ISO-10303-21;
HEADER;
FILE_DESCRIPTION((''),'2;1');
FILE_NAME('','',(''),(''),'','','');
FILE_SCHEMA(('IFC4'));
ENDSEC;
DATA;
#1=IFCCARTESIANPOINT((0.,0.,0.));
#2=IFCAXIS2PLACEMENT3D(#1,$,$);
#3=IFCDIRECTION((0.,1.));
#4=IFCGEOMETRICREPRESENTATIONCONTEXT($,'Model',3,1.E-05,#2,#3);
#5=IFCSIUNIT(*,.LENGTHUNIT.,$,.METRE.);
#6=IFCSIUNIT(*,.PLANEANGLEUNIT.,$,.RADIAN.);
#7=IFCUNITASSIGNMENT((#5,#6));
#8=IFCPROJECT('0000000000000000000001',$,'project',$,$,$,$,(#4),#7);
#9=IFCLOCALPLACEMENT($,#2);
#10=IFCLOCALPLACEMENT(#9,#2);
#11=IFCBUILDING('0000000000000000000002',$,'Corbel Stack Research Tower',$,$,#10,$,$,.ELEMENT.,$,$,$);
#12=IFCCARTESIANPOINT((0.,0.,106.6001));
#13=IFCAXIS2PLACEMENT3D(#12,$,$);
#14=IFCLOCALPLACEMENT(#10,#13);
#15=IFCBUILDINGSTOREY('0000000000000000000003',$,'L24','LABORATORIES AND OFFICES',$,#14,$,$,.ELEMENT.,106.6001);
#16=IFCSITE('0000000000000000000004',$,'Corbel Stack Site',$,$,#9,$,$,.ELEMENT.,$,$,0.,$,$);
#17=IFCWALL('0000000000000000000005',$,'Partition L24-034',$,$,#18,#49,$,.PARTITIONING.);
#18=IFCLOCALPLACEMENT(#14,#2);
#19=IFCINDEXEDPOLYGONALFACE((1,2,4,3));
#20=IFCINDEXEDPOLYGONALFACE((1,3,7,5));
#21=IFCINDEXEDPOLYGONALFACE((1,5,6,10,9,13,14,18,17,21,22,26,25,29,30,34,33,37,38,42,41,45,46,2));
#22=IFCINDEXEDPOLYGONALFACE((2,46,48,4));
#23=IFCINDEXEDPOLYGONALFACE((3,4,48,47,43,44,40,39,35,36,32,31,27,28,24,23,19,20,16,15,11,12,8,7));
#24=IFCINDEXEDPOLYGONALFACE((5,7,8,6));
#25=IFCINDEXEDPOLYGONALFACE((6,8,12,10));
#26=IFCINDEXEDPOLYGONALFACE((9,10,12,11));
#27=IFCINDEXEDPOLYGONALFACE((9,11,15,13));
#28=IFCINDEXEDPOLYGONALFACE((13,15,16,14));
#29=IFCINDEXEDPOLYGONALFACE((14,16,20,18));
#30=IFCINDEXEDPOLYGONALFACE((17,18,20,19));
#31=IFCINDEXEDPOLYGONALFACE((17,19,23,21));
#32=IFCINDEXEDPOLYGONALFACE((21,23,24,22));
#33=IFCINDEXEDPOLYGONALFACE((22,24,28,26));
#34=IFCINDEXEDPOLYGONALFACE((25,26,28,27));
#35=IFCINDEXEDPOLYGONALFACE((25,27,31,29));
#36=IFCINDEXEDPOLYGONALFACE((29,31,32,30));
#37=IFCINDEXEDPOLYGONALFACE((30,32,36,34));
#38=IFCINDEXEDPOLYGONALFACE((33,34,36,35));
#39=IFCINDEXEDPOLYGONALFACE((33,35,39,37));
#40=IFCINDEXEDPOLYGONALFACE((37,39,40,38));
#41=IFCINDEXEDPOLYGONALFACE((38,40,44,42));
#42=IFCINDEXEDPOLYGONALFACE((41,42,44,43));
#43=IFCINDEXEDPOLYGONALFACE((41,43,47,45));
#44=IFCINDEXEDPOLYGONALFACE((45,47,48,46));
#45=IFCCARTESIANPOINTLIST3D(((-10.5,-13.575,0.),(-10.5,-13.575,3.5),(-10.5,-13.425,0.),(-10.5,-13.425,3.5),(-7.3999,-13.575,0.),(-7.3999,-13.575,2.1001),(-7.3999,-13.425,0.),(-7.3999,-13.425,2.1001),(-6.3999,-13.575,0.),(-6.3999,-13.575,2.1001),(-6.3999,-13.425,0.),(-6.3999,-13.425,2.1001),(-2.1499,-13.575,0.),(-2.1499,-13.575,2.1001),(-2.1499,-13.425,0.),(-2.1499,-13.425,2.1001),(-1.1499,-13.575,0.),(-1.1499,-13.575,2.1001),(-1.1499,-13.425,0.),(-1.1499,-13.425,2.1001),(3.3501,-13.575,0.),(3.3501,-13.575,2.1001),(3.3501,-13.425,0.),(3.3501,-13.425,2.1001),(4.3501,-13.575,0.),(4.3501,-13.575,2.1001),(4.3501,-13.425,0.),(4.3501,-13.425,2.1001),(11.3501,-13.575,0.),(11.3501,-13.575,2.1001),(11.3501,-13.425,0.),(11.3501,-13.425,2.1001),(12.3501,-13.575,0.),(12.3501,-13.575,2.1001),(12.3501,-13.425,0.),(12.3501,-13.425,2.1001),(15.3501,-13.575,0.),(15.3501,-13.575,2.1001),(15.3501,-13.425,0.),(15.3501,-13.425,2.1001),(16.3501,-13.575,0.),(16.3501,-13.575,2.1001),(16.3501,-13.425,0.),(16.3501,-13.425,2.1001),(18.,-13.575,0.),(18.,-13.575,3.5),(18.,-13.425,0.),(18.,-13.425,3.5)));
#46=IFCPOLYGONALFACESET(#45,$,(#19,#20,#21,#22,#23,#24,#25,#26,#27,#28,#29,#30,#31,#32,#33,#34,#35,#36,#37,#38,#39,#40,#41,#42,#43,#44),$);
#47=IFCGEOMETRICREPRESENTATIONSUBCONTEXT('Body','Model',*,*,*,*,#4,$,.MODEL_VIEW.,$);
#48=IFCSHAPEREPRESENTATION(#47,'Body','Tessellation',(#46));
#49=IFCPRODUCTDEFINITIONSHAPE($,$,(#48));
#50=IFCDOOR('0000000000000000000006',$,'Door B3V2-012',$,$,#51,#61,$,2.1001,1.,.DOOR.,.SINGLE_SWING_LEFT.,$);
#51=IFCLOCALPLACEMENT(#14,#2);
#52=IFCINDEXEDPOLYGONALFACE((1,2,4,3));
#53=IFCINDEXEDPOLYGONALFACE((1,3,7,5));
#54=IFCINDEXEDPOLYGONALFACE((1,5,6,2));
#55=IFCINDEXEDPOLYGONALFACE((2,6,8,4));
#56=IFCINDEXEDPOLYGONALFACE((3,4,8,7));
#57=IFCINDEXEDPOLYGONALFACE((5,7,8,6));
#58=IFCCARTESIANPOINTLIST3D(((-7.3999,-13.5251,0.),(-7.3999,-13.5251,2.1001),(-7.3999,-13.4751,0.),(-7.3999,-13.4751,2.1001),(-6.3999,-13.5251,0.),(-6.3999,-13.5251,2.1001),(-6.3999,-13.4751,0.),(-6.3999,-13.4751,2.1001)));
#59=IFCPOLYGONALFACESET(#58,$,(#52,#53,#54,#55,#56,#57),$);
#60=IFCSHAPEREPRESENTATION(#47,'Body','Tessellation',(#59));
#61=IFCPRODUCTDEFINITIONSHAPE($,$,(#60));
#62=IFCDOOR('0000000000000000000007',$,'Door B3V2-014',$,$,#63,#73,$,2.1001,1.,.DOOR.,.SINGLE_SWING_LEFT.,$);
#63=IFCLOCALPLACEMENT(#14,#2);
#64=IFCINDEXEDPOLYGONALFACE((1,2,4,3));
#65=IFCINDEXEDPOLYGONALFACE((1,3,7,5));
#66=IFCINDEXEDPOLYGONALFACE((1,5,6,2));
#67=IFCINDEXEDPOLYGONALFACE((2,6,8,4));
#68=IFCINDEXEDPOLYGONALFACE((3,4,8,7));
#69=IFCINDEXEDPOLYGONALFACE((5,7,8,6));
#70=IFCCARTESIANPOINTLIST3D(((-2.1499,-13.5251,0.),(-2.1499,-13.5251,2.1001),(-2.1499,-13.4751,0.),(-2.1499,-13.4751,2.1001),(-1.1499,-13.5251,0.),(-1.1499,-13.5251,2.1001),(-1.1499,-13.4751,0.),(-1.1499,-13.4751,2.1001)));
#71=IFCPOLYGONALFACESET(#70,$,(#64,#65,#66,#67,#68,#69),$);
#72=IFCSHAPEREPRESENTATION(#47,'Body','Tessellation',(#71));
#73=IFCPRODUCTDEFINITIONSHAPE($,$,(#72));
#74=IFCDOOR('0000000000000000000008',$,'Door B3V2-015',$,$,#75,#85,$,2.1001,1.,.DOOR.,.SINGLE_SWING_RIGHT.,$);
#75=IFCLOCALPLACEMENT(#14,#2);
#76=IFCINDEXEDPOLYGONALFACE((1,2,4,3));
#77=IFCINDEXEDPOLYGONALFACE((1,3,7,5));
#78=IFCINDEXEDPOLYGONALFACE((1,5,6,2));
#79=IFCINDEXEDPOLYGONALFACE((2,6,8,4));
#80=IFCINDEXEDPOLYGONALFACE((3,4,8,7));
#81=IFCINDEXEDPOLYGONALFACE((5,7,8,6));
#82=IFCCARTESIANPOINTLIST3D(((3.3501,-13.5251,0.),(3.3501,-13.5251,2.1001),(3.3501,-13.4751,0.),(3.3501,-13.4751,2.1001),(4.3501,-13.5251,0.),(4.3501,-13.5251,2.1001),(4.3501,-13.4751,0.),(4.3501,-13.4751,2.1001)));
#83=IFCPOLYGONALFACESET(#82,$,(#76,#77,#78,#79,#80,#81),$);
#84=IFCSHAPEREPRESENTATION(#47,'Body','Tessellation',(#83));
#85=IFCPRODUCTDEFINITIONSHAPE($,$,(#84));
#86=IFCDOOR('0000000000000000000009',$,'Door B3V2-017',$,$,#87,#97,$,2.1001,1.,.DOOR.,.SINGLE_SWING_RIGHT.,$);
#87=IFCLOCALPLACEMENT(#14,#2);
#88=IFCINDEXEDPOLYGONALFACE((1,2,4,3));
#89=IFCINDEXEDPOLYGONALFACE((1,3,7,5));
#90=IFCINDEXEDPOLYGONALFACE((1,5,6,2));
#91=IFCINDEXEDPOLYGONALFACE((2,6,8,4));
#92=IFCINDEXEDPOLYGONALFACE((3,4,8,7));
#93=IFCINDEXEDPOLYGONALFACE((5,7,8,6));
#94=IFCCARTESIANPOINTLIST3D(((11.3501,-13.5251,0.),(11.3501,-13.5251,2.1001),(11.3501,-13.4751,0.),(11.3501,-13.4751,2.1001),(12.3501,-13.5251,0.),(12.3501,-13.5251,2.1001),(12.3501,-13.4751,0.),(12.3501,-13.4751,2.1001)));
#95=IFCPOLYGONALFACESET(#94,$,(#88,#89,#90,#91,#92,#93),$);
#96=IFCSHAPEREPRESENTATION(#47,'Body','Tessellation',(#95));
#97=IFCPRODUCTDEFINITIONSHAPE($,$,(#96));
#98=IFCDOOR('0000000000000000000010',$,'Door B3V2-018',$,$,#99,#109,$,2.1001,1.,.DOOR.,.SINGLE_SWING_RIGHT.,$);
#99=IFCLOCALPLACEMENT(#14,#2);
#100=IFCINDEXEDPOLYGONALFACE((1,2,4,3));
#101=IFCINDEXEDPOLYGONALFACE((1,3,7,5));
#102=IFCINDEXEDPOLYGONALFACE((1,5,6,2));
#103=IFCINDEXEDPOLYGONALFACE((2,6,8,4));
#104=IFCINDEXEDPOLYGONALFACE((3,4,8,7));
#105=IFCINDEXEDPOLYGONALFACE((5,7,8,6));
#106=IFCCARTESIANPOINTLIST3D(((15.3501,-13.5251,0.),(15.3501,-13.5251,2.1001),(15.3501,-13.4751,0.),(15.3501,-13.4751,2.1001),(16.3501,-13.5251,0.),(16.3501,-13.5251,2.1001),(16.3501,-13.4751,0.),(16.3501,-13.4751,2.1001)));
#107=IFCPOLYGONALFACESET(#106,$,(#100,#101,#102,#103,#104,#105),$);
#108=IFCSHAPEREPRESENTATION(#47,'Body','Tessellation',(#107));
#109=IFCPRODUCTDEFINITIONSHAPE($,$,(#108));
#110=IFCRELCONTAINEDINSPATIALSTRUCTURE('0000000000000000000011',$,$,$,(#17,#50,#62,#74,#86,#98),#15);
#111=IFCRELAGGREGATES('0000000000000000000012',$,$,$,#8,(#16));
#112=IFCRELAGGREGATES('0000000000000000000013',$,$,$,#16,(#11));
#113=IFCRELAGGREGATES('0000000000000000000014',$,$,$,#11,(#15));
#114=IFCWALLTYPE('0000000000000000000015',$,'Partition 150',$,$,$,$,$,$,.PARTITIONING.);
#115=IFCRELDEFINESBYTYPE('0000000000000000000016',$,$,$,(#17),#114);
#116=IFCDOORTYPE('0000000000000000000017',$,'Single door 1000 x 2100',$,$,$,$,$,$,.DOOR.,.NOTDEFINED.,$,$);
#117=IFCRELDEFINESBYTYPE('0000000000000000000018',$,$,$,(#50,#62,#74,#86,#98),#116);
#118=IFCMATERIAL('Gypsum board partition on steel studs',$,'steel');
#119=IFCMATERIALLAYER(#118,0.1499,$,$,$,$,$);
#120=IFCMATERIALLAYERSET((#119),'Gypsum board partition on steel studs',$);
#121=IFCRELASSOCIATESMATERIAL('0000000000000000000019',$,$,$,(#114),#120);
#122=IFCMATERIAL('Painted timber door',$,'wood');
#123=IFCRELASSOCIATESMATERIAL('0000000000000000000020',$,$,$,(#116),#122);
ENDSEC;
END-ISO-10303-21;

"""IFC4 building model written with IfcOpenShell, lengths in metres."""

from ifc_helpers import new_model, si_unit, direction, frame, frame_2d, origin, place, context, subcontext, project, spatial, rectangle, extrude, material, layer, layer_set, type_object, element, fill, save


model = new_model("IFC4")

# Units and contexts
model_context = context("Model", 3, precision=1e-05, world=origin(), true_north=direction((0.0, 1.0)))
body_context = subcontext(model_context, "Body", "Model", "MODEL_VIEW")
ifc_project = project(units=[si_unit("LENGTHUNIT", "METRE"), si_unit("PLANEANGLEUNIT", "RADIAN")], contexts=[model_context])

# Site, building, storey
site_placement = place(None, origin())
site = spatial("IfcSite", under=ifc_project, at=site_placement, Name="Corbel Stack Site", CompositionType="ELEMENT", RefElevation=0.0)
building_placement = place(site_placement, origin())
building = spatial("IfcBuilding", under=site, at=building_placement, Name="Corbel Stack Research Tower", CompositionType="ELEMENT")
storey_placement = place(building_placement, frame((0.0, 0.0, 106.6001)))
storey = spatial("IfcBuildingStorey", under=building, at=storey_placement, Name="L24", Description="LABORATORIES AND OFFICES", CompositionType="ELEMENT", Elevation=106.6001)

# Wall, openings, doors
ifc_material_1 = material(Name="Gypsum board partition on steel studs", Category="steel")
ifc_layer_1 = layer(ifc_material_1, 0.1499)
ifc_layer_set_1 = layer_set([ifc_layer_1], Name="Gypsum board partition on steel studs")
wall_type_1 = type_object("IfcWallType", Name="Partition 150", PredefinedType="PARTITIONING", material=ifc_layer_set_1)
ifc_material_2 = material(Name="Painted timber door", Category="wood")
door_type_1 = type_object("IfcDoorType", Name="Single door 1000 x 2100", OperationType="NOTDEFINED", PredefinedType="DOOR", material=ifc_material_2)
wall_1_placement = place(storey_placement, frame((-10.5, -13.5, 0.0), z_axis=(0.0, 0.0, 1.0), x_axis=(1.0, 0.0, 0.0)))
wall_1 = element("IfcWall", 1, at=wall_1_placement, inside=storey, type_object=wall_type_1, Name="Partition L24-034", PredefinedType="PARTITIONING", context=body_context, shape_type="SweptSolid", body=[
    extrude(rectangle(XDim=28.5, YDim=0.1499, at=frame_2d((14.25, 0.0))), origin(), (0.0, 0.0, 1.0), 3.5),
])
opening_1_placement = place(wall_1_placement, frame((3.1001, 0.0, 0.0)))
opening_1 = element("IfcOpeningElement", 2, at=opening_1_placement, cuts=wall_1, PredefinedType="OPENING", context=body_context, shape_type="SweptSolid", body=[
    extrude(rectangle(XDim=1.0, YDim=2.1001, at=frame_2d((0.5, 1.05))), frame((0.0, 0.085, 0.0), z_axis=(0.0, -1.0, 0.0), x_axis=(1.0, 0.0, 0.0)), (0.0, 0.0, 1.0), 0.1699),
])
opening_2_placement = place(wall_1_placement, frame((8.3501, 0.0, 0.0)))
opening_2 = element("IfcOpeningElement", 3, at=opening_2_placement, cuts=wall_1, PredefinedType="OPENING", context=body_context, shape_type="SweptSolid", body=[
    extrude(rectangle(XDim=1.0, YDim=2.1001, at=frame_2d((0.5, 1.05))), frame((0.0, 0.085, 0.0), z_axis=(0.0, -1.0, 0.0), x_axis=(1.0, 0.0, 0.0)), (0.0, 0.0, 1.0), 0.1699),
])
opening_3_placement = place(wall_1_placement, frame((13.8501, 0.0, 0.0)))
opening_3 = element("IfcOpeningElement", 4, at=opening_3_placement, cuts=wall_1, PredefinedType="OPENING", context=body_context, shape_type="SweptSolid", body=[
    extrude(rectangle(XDim=1.0, YDim=2.1001, at=frame_2d((0.5, 1.05))), frame((0.0, 0.085, 0.0), z_axis=(0.0, -1.0, 0.0), x_axis=(1.0, 0.0, 0.0)), (0.0, 0.0, 1.0), 0.1699),
])
opening_4_placement = place(wall_1_placement, frame((21.8501, 0.0, 0.0)))
opening_4 = element("IfcOpeningElement", 5, at=opening_4_placement, cuts=wall_1, PredefinedType="OPENING", context=body_context, shape_type="SweptSolid", body=[
    extrude(rectangle(XDim=1.0, YDim=2.1001, at=frame_2d((0.5, 1.05))), frame((0.0, 0.085, 0.0), z_axis=(0.0, -1.0, 0.0), x_axis=(1.0, 0.0, 0.0)), (0.0, 0.0, 1.0), 0.1699),
])
opening_5_placement = place(wall_1_placement, frame((25.8501, 0.0, 0.0)))
opening_5 = element("IfcOpeningElement", 6, at=opening_5_placement, cuts=wall_1, PredefinedType="OPENING", context=body_context, shape_type="SweptSolid", body=[
    extrude(rectangle(XDim=1.0, YDim=2.1001, at=frame_2d((0.5, 1.05))), frame((0.0, 0.085, 0.0), z_axis=(0.0, -1.0, 0.0), x_axis=(1.0, 0.0, 0.0)), (0.0, 0.0, 1.0), 0.1699),
])
door_1_placement = place(opening_1_placement, origin())
door_1 = element("IfcDoor", 7, at=door_1_placement, inside=storey, type_object=door_type_1, Name="Door B3V2-012", OperationType="SINGLE_SWING_LEFT", OverallHeight=2.1001, OverallWidth=1.0, PredefinedType="DOOR", context=body_context, shape_type="SweptSolid", body=[
    extrude(rectangle(XDim=1.0, YDim=2.1001, at=frame_2d((0.5, 1.05))), frame((0.0, 0.0249, 0.0), z_axis=(0.0, -1.0, 0.0), x_axis=(1.0, 0.0, 0.0)), (0.0, 0.0, 1.0), 0.05),
])
fill(opening_1, door_1)
door_2_placement = place(opening_2_placement, origin())
door_2 = element("IfcDoor", 8, at=door_2_placement, inside=storey, type_object=door_type_1, Name="Door B3V2-014", OperationType="SINGLE_SWING_LEFT", OverallHeight=2.1001, OverallWidth=1.0, PredefinedType="DOOR", context=body_context, shape_type="SweptSolid", body=[
    extrude(rectangle(XDim=1.0, YDim=2.1001, at=frame_2d((0.5, 1.05))), frame((0.0, 0.0249, 0.0), z_axis=(0.0, -1.0, 0.0), x_axis=(1.0, 0.0, 0.0)), (0.0, 0.0, 1.0), 0.05),
])
fill(opening_2, door_2)
door_3_placement = place(opening_3_placement, origin())
door_3 = element("IfcDoor", 9, at=door_3_placement, inside=storey, type_object=door_type_1, Name="Door B3V2-015", OperationType="SINGLE_SWING_RIGHT", OverallHeight=2.1001, OverallWidth=1.0, PredefinedType="DOOR", context=body_context, shape_type="SweptSolid", body=[
    extrude(rectangle(XDim=1.0, YDim=2.1001, at=frame_2d((0.5, 1.05))), frame((0.0, 0.0249, 0.0), z_axis=(0.0, -1.0, 0.0), x_axis=(1.0, 0.0, 0.0)), (0.0, 0.0, 1.0), 0.05),
])
fill(opening_3, door_3)
door_4_placement = place(opening_4_placement, origin())
door_4 = element("IfcDoor", 10, at=door_4_placement, inside=storey, type_object=door_type_1, Name="Door B3V2-017", OperationType="SINGLE_SWING_RIGHT", OverallHeight=2.1001, OverallWidth=1.0, PredefinedType="DOOR", context=body_context, shape_type="SweptSolid", body=[
    extrude(rectangle(XDim=1.0, YDim=2.1001, at=frame_2d((0.5, 1.05))), frame((0.0, 0.0249, 0.0), z_axis=(0.0, -1.0, 0.0), x_axis=(1.0, 0.0, 0.0)), (0.0, 0.0, 1.0), 0.05),
])
fill(opening_4, door_4)
door_5_placement = place(opening_5_placement, origin())
door_5 = element("IfcDoor", 11, at=door_5_placement, inside=storey, type_object=door_type_1, Name="Door B3V2-018", OperationType="SINGLE_SWING_RIGHT", OverallHeight=2.1001, OverallWidth=1.0, PredefinedType="DOOR", context=body_context, shape_type="SweptSolid", body=[
    extrude(rectangle(XDim=1.0, YDim=2.1001, at=frame_2d((0.5, 1.05))), frame((0.0, 0.0249, 0.0), z_axis=(0.0, -1.0, 0.0), x_axis=(1.0, 0.0, 0.0)), (0.0, 0.0, 1.0), 0.05),
])
fill(opening_5, door_5)

save(model, "model.ifc")
